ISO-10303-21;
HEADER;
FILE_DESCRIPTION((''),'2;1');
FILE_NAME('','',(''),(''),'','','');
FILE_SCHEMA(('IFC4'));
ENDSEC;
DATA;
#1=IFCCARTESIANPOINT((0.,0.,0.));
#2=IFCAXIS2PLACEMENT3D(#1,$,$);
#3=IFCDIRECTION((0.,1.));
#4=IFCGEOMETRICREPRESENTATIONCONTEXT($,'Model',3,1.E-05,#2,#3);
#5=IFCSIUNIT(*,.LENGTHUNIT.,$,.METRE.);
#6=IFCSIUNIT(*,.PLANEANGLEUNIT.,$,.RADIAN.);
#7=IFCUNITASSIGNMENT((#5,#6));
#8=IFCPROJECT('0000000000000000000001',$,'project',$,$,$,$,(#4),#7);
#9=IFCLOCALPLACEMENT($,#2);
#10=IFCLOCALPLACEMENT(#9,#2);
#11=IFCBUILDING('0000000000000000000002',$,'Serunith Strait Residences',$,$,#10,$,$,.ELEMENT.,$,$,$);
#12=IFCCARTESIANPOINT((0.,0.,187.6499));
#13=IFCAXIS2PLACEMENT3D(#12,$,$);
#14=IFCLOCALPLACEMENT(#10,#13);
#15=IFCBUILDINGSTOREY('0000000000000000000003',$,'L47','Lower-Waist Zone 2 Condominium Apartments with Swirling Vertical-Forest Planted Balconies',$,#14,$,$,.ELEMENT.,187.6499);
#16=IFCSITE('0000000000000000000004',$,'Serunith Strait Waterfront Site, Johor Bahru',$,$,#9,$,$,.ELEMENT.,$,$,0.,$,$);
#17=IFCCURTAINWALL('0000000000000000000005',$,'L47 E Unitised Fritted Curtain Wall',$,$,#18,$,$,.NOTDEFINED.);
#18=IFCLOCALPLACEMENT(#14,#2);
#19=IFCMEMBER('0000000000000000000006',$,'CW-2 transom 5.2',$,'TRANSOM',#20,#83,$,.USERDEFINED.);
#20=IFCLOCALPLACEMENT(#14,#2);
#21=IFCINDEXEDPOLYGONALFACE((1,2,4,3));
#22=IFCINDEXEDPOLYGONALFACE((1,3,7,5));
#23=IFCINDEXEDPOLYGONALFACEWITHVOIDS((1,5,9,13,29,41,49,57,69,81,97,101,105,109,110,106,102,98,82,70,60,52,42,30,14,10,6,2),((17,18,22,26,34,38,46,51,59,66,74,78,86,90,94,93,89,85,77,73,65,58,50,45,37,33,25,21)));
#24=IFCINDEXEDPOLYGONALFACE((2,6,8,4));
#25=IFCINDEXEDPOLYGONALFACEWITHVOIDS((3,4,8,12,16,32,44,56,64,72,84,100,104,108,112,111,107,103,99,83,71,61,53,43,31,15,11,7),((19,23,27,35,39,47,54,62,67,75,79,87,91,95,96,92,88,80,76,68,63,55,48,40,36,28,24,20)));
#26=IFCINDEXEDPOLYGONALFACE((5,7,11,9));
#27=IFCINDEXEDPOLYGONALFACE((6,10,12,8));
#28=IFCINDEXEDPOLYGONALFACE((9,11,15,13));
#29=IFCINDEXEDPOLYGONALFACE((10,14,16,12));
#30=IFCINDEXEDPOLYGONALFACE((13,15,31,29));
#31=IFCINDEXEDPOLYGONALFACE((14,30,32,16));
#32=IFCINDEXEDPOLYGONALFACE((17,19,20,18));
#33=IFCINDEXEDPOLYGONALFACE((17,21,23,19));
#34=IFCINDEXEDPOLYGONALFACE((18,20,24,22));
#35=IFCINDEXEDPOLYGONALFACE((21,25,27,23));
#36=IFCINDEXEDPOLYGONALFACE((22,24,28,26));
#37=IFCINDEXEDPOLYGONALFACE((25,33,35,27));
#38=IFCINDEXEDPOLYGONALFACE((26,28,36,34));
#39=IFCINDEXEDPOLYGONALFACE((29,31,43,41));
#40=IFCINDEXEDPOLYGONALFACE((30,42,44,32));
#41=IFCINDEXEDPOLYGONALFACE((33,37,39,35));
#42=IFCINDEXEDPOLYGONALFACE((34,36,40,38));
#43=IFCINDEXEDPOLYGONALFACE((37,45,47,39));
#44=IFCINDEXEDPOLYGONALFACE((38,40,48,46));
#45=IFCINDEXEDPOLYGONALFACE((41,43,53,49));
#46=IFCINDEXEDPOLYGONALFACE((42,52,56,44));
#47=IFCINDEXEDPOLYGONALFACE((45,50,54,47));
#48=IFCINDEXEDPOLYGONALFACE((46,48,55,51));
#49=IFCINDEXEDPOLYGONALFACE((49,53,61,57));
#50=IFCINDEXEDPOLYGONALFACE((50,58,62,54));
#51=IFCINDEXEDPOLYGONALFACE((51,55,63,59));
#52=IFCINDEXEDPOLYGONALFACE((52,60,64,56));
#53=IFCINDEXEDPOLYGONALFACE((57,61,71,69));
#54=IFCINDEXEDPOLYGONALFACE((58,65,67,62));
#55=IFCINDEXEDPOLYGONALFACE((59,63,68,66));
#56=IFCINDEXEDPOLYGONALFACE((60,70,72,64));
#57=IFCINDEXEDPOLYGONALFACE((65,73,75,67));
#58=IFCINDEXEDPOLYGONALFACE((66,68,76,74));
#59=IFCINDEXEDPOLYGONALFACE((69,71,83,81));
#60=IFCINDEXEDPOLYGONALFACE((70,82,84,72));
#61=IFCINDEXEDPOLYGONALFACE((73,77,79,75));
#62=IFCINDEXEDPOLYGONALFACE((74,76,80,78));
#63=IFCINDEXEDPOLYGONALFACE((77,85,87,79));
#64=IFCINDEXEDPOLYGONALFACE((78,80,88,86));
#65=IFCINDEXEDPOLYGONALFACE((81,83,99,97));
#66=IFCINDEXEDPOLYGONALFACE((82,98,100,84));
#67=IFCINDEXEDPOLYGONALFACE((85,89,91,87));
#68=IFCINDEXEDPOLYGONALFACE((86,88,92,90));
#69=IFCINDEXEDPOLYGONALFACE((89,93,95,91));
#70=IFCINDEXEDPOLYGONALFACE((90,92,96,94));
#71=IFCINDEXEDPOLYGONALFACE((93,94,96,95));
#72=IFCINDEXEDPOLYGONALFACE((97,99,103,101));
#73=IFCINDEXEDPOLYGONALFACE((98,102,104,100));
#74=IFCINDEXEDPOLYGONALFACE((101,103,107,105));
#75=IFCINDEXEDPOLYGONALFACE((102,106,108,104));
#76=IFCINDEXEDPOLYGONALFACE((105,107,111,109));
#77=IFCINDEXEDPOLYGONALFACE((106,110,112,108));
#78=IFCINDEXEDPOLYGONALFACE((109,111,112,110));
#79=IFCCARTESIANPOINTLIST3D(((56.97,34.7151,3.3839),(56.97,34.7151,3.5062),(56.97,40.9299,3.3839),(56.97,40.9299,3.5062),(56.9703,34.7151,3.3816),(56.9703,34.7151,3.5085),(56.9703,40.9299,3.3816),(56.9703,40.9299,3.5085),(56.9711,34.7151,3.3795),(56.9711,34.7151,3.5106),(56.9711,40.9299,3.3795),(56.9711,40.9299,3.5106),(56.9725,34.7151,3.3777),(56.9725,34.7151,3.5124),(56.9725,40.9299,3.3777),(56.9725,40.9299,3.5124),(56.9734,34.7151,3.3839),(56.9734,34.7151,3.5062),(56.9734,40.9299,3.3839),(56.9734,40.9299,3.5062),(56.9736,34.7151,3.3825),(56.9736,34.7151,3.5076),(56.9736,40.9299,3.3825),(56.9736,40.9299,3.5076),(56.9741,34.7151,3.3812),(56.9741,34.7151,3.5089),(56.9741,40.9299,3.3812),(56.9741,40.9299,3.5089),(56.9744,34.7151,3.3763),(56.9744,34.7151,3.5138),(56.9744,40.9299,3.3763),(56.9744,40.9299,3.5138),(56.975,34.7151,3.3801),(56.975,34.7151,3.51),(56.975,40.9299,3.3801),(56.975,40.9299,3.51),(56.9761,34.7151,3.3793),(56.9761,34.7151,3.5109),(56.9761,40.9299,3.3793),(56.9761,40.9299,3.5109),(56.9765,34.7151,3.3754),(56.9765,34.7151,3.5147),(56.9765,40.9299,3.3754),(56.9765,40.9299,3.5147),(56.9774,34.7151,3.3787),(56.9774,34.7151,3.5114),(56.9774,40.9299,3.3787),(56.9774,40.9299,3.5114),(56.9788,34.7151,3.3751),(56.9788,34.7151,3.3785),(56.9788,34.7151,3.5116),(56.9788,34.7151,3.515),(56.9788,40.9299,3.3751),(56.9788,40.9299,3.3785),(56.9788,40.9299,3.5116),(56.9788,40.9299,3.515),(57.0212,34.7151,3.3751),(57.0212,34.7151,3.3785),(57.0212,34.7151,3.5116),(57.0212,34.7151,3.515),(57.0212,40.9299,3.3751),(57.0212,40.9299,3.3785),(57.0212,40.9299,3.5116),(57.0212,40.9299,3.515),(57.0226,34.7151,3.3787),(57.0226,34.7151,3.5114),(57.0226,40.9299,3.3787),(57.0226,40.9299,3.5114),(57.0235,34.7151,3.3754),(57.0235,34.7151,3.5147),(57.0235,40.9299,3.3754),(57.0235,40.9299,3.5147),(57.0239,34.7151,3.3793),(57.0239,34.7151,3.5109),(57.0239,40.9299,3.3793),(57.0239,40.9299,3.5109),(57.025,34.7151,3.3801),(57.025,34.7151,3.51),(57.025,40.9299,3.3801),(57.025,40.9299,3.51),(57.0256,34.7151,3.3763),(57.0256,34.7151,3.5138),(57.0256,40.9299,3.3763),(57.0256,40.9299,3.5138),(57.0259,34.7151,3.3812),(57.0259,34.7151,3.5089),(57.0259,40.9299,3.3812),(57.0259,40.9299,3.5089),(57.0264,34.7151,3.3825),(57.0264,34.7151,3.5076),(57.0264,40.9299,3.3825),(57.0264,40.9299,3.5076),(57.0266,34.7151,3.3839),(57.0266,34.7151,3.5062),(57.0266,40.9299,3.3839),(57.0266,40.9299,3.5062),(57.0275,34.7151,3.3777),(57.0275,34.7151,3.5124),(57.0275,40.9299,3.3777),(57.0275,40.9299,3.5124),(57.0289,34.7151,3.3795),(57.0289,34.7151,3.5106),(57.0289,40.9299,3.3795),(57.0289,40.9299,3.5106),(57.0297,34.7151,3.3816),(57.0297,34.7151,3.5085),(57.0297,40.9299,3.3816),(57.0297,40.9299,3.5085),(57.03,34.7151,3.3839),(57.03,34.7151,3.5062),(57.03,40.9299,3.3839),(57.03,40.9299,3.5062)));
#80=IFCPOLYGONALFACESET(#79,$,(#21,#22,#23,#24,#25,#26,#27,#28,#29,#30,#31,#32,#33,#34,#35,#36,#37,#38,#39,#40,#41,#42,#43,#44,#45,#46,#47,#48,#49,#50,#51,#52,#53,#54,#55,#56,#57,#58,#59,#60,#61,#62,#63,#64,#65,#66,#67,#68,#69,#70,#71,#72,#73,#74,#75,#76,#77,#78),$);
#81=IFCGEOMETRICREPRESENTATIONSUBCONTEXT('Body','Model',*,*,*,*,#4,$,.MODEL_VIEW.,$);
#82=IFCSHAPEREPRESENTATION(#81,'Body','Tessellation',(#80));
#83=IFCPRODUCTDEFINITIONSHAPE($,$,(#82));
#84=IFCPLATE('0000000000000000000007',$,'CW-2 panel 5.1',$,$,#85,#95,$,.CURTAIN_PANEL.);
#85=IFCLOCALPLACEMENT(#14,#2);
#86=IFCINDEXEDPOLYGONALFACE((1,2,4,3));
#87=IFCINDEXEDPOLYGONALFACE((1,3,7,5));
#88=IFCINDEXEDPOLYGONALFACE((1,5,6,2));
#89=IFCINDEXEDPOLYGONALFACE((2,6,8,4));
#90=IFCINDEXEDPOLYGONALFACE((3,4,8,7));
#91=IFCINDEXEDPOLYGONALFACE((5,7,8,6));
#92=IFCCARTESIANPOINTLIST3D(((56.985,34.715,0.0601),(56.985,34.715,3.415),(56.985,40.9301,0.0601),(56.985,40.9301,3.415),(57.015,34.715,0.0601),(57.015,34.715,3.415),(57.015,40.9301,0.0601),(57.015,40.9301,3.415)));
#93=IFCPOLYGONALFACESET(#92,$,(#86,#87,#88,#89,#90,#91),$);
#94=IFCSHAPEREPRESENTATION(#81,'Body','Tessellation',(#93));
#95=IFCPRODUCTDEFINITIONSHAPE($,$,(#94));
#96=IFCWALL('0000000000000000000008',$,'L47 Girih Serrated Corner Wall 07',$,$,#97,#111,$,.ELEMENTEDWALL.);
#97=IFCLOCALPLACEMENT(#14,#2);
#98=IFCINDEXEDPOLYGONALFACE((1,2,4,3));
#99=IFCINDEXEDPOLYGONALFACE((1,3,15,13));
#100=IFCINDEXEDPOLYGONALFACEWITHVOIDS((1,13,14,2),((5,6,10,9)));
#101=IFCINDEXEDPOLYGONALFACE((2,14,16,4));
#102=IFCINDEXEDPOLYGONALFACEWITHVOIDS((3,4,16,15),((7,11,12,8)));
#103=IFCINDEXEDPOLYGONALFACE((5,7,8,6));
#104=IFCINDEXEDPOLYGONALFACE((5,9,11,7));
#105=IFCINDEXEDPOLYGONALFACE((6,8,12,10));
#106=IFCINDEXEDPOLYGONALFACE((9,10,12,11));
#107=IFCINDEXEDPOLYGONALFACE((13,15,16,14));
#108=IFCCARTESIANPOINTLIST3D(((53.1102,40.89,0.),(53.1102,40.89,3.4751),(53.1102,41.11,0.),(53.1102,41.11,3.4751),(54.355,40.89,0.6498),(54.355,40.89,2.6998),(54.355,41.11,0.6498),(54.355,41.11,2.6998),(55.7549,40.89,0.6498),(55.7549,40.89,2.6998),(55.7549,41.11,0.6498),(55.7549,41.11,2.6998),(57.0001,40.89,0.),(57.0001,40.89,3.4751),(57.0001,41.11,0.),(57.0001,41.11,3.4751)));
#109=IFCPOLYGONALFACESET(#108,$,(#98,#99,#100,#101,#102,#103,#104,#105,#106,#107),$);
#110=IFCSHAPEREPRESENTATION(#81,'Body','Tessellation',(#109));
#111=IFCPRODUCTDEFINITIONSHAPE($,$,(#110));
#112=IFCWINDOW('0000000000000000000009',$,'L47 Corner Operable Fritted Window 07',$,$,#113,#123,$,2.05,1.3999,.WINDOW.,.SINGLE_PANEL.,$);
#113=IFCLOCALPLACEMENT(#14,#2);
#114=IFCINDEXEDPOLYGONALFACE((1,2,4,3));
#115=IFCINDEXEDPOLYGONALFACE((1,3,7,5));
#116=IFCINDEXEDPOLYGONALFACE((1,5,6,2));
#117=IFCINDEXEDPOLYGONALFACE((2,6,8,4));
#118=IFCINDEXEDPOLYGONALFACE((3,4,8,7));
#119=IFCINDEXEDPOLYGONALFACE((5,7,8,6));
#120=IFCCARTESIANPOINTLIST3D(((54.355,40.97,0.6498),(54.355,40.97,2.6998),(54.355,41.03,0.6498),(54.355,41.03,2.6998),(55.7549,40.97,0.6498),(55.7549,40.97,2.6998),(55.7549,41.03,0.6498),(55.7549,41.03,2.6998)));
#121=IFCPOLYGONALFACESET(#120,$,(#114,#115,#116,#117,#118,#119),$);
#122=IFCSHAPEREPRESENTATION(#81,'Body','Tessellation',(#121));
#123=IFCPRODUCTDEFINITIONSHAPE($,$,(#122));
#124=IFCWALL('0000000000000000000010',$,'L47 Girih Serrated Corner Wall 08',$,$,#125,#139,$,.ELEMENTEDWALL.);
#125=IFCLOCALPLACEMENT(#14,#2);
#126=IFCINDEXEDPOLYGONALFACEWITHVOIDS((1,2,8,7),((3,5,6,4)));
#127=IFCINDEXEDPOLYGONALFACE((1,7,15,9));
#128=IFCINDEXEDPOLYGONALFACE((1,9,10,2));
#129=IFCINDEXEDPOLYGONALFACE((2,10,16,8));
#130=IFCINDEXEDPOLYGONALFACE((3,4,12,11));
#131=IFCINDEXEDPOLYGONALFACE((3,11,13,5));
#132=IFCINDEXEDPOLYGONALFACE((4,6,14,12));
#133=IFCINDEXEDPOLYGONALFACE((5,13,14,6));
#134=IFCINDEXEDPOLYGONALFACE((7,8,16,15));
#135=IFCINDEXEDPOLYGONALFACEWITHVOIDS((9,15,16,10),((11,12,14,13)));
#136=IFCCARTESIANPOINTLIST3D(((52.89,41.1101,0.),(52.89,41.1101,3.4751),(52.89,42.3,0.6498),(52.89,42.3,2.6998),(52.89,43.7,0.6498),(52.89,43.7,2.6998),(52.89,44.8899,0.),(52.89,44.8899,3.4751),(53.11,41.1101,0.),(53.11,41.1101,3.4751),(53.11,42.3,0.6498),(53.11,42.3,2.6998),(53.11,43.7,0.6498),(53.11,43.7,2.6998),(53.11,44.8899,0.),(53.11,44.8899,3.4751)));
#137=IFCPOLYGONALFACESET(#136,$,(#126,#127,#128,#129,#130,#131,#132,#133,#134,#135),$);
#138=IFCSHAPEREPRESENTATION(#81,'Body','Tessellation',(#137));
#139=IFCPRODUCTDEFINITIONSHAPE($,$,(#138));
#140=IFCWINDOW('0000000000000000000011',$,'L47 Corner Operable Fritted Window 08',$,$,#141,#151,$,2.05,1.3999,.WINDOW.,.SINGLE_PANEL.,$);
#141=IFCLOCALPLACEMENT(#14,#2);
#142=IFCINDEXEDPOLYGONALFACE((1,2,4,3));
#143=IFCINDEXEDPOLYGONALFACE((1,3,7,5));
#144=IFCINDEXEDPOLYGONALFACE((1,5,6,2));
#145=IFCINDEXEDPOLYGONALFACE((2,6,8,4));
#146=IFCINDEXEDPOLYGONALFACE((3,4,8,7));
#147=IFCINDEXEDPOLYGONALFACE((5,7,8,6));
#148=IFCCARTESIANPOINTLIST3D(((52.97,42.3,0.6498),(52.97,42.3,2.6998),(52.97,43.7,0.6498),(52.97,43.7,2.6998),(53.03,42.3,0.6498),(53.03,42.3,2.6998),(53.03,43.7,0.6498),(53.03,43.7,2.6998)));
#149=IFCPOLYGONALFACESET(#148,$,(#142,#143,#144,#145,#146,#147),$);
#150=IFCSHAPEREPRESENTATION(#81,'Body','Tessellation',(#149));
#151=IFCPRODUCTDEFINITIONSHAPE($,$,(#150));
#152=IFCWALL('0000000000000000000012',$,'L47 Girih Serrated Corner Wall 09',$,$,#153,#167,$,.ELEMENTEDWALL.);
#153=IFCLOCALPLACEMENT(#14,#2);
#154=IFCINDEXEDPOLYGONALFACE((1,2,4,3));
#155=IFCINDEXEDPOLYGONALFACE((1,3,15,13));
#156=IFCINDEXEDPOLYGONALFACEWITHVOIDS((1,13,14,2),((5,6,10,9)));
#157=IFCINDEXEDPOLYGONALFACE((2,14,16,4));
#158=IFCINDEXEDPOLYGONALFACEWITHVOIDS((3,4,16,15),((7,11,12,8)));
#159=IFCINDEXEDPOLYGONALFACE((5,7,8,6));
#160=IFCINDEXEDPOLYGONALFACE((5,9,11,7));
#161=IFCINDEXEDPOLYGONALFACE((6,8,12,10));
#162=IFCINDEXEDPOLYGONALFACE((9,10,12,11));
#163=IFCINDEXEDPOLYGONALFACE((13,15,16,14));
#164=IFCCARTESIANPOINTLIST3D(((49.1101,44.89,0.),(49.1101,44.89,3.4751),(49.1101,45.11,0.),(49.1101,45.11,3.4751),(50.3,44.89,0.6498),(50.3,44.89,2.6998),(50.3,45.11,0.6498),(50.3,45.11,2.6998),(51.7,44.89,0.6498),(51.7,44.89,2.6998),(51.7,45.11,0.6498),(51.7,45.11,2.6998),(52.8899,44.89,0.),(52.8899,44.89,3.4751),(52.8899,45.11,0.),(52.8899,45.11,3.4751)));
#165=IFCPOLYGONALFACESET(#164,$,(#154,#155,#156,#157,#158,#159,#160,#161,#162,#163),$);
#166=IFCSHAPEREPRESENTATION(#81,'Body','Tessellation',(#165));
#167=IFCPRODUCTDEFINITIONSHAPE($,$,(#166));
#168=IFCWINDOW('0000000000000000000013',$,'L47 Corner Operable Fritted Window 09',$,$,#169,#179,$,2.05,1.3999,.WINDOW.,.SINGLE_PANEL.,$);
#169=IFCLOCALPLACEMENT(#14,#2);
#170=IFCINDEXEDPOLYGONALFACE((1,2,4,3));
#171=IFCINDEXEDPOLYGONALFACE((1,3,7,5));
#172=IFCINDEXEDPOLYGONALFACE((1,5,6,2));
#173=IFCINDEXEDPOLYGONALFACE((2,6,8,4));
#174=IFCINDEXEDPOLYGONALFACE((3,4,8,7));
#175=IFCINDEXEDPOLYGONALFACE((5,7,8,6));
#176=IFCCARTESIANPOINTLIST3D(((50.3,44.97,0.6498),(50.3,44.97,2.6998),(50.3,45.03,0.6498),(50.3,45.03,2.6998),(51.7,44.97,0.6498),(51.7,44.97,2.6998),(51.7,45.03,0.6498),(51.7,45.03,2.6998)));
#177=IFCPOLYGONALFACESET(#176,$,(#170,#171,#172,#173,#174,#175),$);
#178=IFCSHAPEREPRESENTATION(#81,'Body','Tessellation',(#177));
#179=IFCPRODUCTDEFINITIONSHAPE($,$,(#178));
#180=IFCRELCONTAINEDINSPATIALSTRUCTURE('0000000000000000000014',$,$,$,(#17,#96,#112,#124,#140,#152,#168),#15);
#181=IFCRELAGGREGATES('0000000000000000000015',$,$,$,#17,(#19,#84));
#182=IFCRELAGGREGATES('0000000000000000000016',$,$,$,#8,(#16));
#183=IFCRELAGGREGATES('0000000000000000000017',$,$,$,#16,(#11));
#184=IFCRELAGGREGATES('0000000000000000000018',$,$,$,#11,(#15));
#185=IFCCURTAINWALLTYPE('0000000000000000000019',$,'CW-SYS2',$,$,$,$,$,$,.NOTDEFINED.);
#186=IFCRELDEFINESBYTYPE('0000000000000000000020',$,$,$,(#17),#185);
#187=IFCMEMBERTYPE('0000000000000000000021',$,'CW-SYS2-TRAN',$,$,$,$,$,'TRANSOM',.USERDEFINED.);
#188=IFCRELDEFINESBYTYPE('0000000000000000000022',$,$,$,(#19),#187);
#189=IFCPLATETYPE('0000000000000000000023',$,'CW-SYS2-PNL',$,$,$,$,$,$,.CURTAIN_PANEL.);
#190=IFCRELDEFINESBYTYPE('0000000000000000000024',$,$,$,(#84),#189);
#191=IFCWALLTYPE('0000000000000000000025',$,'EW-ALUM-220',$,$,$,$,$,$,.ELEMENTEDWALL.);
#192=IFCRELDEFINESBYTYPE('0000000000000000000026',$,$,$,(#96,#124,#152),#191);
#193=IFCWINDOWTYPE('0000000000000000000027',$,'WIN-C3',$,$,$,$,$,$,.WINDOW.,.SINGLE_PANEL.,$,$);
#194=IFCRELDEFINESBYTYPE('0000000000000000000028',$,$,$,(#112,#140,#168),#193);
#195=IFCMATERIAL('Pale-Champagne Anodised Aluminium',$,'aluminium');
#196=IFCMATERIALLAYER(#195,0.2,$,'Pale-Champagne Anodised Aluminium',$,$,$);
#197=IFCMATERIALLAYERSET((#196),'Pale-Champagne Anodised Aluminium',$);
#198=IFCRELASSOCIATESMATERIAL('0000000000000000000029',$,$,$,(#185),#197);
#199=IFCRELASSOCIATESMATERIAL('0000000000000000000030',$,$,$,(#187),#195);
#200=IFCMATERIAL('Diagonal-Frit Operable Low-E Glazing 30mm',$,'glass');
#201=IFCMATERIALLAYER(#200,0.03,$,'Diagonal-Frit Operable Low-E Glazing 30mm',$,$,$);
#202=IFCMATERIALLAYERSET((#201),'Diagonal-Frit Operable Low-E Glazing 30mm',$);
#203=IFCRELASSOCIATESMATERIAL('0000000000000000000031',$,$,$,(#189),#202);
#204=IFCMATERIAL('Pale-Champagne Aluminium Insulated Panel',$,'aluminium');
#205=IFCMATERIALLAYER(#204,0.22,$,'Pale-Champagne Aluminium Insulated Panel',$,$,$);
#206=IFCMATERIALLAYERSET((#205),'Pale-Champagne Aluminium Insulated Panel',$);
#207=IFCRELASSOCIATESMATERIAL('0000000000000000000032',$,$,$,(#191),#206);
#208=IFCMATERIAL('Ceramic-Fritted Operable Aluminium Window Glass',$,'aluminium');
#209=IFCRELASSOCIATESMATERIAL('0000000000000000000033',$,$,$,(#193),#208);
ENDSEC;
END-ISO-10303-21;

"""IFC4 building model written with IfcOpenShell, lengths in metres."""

from ifc_helpers import new_model, si_unit, direction, frame, frame_2d, origin, origin_2d, place, context, subcontext, project, spatial, rectangle, hollow_rectangle, extrude, source, transform, mapped, material, layer, layer_set, material_profile, profile_set, type_object, element, fill, aggregate, save


model = new_model("IFC4")

# Units and contexts
model_context = context("Model", 3, precision=1e-05, world=origin(), true_north=direction((0.0, 1.0)))
body_context = subcontext(model_context, "Body", "Model", "MODEL_VIEW")
ifc_project = project(units=[si_unit("LENGTHUNIT", "METRE"), si_unit("PLANEANGLEUNIT", "RADIAN")], contexts=[model_context])

# Site, building, storey
site_placement = place(None, origin())
site = spatial("IfcSite", under=ifc_project, at=site_placement, Name="Serunith Strait Waterfront Site, Johor Bahru", CompositionType="ELEMENT", RefElevation=0.0)
building_placement = place(site_placement, origin())
building = spatial("IfcBuilding", under=site, at=building_placement, Name="Serunith Strait Residences", CompositionType="ELEMENT")
storey_placement = place(building_placement, frame((0.0, 0.0, 187.6499)))
storey = spatial("IfcBuildingStorey", under=building, at=storey_placement, Name="L47", Description="Lower-Waist Zone 2 Condominium Apartments with Swirling Vertical-Forest Planted Balconies", CompositionType="ELEMENT", Elevation=187.6499)

# Curtain wall
ifc_material_1 = material(Name="Pale-Champagne Anodised Aluminium", Category="aluminium")
ifc_layer_1 = layer(ifc_material_1, 0.2, Name="Pale-Champagne Anodised Aluminium")
ifc_layer_set_1 = layer_set([ifc_layer_1], Name="Pale-Champagne Anodised Aluminium")
curtain_wall_type = type_object("IfcCurtainWallType", Name="CW-SYS2", PredefinedType="NOTDEFINED", material=ifc_layer_set_1)
curtain_wall_1_placement = place(storey_placement, origin())
curtain_wall_1 = element("IfcCurtainWall", 1, at=curtain_wall_1_placement, inside=storey, type_object=curtain_wall_type, Name="L47 E Unitised Fritted Curtain Wall", PredefinedType="NOTDEFINED")

# Shared definitions
ifc_material_profile_1 = material_profile(ifc_material_1, hollow_rectangle(XDim=0.0601, YDim=0.1399, WallThickness=0.0034, InnerFilletRadius=0.0054, OuterFilletRadius=0.0088, at=origin_2d()), Name="ALU 140x60x3.5")
ifc_profile_set_1 = profile_set([ifc_material_profile_1], Name="Pale-Champagne Anodised Aluminium")
member_type_1 = type_object("IfcMemberType", Name="CW-SYS2-TRAN", ElementType="TRANSOM", PredefinedType="USERDEFINED", material=ifc_profile_set_1)

# Member
shared_shape_1 = source(origin(), body_context, "Body", "SweptSolid", [
    extrude(hollow_rectangle(XDim=0.0601, YDim=0.1399, WallThickness=0.0034, InnerFilletRadius=0.0054, OuterFilletRadius=0.0088, at=origin_2d()), origin(), (0.0, 0.0, 1.0), 6.2148),
])
member_1_placement = place(storey_placement, frame((57.0, 34.7151, 3.4451), z_axis=(0.0, 1.0, 0.0), x_axis=(-1.0, 0.0, 0.0)))
member_1 = element("IfcMember", 2, at=member_1_placement, type_object=member_type_1, Name="CW-2 transom 5.2", ObjectType="TRANSOM", PredefinedType="USERDEFINED", context=body_context, shape_type="MappedRepresentation", body=[
    mapped(shared_shape_1, transform((0.0, 0.0, 0.0), scale=1.0)),
])

# Plate
ifc_material_2 = material(Name="Diagonal-Frit Operable Low-E Glazing 30mm", Category="glass")
ifc_layer_2 = layer(ifc_material_2, 0.03, Name="Diagonal-Frit Operable Low-E Glazing 30mm")
ifc_layer_set_2 = layer_set([ifc_layer_2], Name="Diagonal-Frit Operable Low-E Glazing 30mm")
plate_type = type_object("IfcPlateType", Name="CW-SYS2-PNL", PredefinedType="CURTAIN_PANEL", material=ifc_layer_set_2)
shared_shape_2 = source(origin(), body_context, "Body", "SweptSolid", [
    extrude(rectangle(XDim=6.2151, YDim=0.03, at=origin_2d()), origin(), (0.0, 0.0, 1.0), 3.355),
])
plate_placement = place(storey_placement, frame((57.0, 37.8225, 0.0601), z_axis=(0.0, 0.0, 1.0), x_axis=(0.0, 1.0, 0.0)))
plate = element("IfcPlate", 3, at=plate_placement, type_object=plate_type, Name="CW-2 panel 5.1", PredefinedType="CURTAIN_PANEL", context=body_context, shape_type="MappedRepresentation", body=[
    mapped(shared_shape_2, transform((0.0, 0.0, 0.0), scale=1.0)),
])
aggregate(curtain_wall_1, [member_1, plate])

# Walls, openings, windows
ifc_material_3 = material(Name="Pale-Champagne Aluminium Insulated Panel", Category="aluminium")
ifc_layer_3 = layer(ifc_material_3, 0.22, Name="Pale-Champagne Aluminium Insulated Panel")
ifc_layer_set_3 = layer_set([ifc_layer_3], Name="Pale-Champagne Aluminium Insulated Panel")
wall_type_1 = type_object("IfcWallType", Name="EW-ALUM-220", PredefinedType="ELEMENTEDWALL", material=ifc_layer_set_3)
wall_1_placement = place(storey_placement, frame((57.0, 41.0, 0.0), z_axis=(0.0, 0.0, 1.0), x_axis=(-1.0, 0.0, 0.0)))
wall_1 = element("IfcWall", 4, at=wall_1_placement, inside=storey, type_object=wall_type_1, Name="L47 Girih Serrated Corner Wall 07", PredefinedType="ELEMENTEDWALL", context=body_context, shape_type="SweptSolid", body=[
    extrude(rectangle(XDim=3.8899, YDim=0.22, at=frame_2d((1.9448, 0.0))), origin(), (0.0, 0.0, 1.0), 3.4751),
])
opening_1_placement = place(wall_1_placement, frame((1.2451, 0.0, 0.6499)))
opening_1 = element("IfcOpeningElement", 5, at=opening_1_placement, cuts=wall_1, PredefinedType="OPENING", context=body_context, shape_type="SweptSolid", body=[
    extrude(rectangle(XDim=1.3999, YDim=2.05, at=frame_2d((0.7, 1.0249))), frame((0.0, 0.1201, 0.0), z_axis=(0.0, -1.0, 0.0), x_axis=(1.0, 0.0, 0.0)), (0.0, 0.0, 1.0), 0.24),
])
ifc_material_4 = material(Name="Ceramic-Fritted Operable Aluminium Window Glass", Category="aluminium")
window_type = type_object("IfcWindowType", Name="WIN-C3", PartitioningType="SINGLE_PANEL", PredefinedType="WINDOW", material=ifc_material_4)
shared_shape_3 = source(origin(), body_context, "Body", "SweptSolid", [
    extrude(rectangle(XDim=1.3999, YDim=2.05, at=frame_2d((0.7, 1.0249))), frame((0.0, 0.03, 0.0), z_axis=(0.0, -1.0, 0.0), x_axis=(1.0, 0.0, 0.0)), (0.0, 0.0, 1.0), 0.0601),
])
window_1_placement = place(opening_1_placement, origin())
window_1 = element("IfcWindow", 6, at=window_1_placement, inside=storey, type_object=window_type, Name="L47 Corner Operable Fritted Window 07", OverallHeight=2.05, OverallWidth=1.3999, PartitioningType="SINGLE_PANEL", PredefinedType="WINDOW", context=body_context, shape_type="MappedRepresentation", body=[
    mapped(shared_shape_3, transform((0.0, 0.0, 0.0), scale=1.0)),
])
fill(opening_1, window_1)
wall_2_placement = place(storey_placement, frame((53.0, 41.1101, 0.0), z_axis=(0.0, 0.0, 1.0), x_axis=(0.0, 1.0, 0.0)))
wall_2 = element("IfcWall", 7, at=wall_2_placement, inside=storey, type_object=wall_type_1, Name="L47 Girih Serrated Corner Wall 08", PredefinedType="ELEMENTEDWALL", context=body_context, shape_type="SweptSolid", body=[
    extrude(rectangle(XDim=3.7798, YDim=0.22, at=frame_2d((1.8899, 0.0))), origin(), (0.0, 0.0, 1.0), 3.4751),
])
opening_2_placement = place(wall_2_placement, frame((1.1899, 0.0, 0.6499)))
opening_2 = element("IfcOpeningElement", 8, at=opening_2_placement, cuts=wall_2, PredefinedType="OPENING", context=body_context, shape_type="SweptSolid", body=[
    extrude(rectangle(XDim=1.3999, YDim=2.05, at=frame_2d((0.7, 1.0249))), frame((0.0, 0.1201, 0.0), z_axis=(0.0, -1.0, 0.0), x_axis=(1.0, 0.0, 0.0)), (0.0, 0.0, 1.0), 0.24),
])
window_2_placement = place(opening_2_placement, origin())
window_2 = element("IfcWindow", 9, at=window_2_placement, inside=storey, type_object=window_type, Name="L47 Corner Operable Fritted Window 08", OverallHeight=2.05, OverallWidth=1.3999, PartitioningType="SINGLE_PANEL", PredefinedType="WINDOW", context=body_context, shape_type="MappedRepresentation", body=[
    mapped(shared_shape_3, transform((0.0, 0.0, 0.0), scale=1.0)),
])
fill(opening_2, window_2)
wall_3_placement = place(storey_placement, frame((52.8899, 45.0, 0.0), z_axis=(0.0, 0.0, 1.0), x_axis=(-1.0, 0.0, 0.0)))
wall_3 = element("IfcWall", 10, at=wall_3_placement, inside=storey, type_object=wall_type_1, Name="L47 Girih Serrated Corner Wall 09", PredefinedType="ELEMENTEDWALL", context=body_context, shape_type="SweptSolid", body=[
    extrude(rectangle(XDim=3.7798, YDim=0.22, at=frame_2d((1.8899, 0.0))), origin(), (0.0, 0.0, 1.0), 3.4751),
])
opening_3_placement = place(wall_3_placement, frame((1.1899, 0.0, 0.6499)))
opening_3 = element("IfcOpeningElement", 11, at=opening_3_placement, cuts=wall_3, PredefinedType="OPENING", context=body_context, shape_type="SweptSolid", body=[
    extrude(rectangle(XDim=1.3999, YDim=2.05, at=frame_2d((0.7, 1.0249))), frame((0.0, 0.1201, 0.0), z_axis=(0.0, -1.0, 0.0), x_axis=(1.0, 0.0, 0.0)), (0.0, 0.0, 1.0), 0.24),
])
window_3_placement = place(opening_3_placement, origin())
window_3 = element("IfcWindow", 12, at=window_3_placement, inside=storey, type_object=window_type, Name="L47 Corner Operable Fritted Window 09", OverallHeight=2.05, OverallWidth=1.3999, PartitioningType="SINGLE_PANEL", PredefinedType="WINDOW", context=body_context, shape_type="MappedRepresentation", body=[
    mapped(shared_shape_3, transform((0.0, 0.0, 0.0), scale=1.0)),
])
fill(opening_3, window_3)

save(model, "model.ifc")
